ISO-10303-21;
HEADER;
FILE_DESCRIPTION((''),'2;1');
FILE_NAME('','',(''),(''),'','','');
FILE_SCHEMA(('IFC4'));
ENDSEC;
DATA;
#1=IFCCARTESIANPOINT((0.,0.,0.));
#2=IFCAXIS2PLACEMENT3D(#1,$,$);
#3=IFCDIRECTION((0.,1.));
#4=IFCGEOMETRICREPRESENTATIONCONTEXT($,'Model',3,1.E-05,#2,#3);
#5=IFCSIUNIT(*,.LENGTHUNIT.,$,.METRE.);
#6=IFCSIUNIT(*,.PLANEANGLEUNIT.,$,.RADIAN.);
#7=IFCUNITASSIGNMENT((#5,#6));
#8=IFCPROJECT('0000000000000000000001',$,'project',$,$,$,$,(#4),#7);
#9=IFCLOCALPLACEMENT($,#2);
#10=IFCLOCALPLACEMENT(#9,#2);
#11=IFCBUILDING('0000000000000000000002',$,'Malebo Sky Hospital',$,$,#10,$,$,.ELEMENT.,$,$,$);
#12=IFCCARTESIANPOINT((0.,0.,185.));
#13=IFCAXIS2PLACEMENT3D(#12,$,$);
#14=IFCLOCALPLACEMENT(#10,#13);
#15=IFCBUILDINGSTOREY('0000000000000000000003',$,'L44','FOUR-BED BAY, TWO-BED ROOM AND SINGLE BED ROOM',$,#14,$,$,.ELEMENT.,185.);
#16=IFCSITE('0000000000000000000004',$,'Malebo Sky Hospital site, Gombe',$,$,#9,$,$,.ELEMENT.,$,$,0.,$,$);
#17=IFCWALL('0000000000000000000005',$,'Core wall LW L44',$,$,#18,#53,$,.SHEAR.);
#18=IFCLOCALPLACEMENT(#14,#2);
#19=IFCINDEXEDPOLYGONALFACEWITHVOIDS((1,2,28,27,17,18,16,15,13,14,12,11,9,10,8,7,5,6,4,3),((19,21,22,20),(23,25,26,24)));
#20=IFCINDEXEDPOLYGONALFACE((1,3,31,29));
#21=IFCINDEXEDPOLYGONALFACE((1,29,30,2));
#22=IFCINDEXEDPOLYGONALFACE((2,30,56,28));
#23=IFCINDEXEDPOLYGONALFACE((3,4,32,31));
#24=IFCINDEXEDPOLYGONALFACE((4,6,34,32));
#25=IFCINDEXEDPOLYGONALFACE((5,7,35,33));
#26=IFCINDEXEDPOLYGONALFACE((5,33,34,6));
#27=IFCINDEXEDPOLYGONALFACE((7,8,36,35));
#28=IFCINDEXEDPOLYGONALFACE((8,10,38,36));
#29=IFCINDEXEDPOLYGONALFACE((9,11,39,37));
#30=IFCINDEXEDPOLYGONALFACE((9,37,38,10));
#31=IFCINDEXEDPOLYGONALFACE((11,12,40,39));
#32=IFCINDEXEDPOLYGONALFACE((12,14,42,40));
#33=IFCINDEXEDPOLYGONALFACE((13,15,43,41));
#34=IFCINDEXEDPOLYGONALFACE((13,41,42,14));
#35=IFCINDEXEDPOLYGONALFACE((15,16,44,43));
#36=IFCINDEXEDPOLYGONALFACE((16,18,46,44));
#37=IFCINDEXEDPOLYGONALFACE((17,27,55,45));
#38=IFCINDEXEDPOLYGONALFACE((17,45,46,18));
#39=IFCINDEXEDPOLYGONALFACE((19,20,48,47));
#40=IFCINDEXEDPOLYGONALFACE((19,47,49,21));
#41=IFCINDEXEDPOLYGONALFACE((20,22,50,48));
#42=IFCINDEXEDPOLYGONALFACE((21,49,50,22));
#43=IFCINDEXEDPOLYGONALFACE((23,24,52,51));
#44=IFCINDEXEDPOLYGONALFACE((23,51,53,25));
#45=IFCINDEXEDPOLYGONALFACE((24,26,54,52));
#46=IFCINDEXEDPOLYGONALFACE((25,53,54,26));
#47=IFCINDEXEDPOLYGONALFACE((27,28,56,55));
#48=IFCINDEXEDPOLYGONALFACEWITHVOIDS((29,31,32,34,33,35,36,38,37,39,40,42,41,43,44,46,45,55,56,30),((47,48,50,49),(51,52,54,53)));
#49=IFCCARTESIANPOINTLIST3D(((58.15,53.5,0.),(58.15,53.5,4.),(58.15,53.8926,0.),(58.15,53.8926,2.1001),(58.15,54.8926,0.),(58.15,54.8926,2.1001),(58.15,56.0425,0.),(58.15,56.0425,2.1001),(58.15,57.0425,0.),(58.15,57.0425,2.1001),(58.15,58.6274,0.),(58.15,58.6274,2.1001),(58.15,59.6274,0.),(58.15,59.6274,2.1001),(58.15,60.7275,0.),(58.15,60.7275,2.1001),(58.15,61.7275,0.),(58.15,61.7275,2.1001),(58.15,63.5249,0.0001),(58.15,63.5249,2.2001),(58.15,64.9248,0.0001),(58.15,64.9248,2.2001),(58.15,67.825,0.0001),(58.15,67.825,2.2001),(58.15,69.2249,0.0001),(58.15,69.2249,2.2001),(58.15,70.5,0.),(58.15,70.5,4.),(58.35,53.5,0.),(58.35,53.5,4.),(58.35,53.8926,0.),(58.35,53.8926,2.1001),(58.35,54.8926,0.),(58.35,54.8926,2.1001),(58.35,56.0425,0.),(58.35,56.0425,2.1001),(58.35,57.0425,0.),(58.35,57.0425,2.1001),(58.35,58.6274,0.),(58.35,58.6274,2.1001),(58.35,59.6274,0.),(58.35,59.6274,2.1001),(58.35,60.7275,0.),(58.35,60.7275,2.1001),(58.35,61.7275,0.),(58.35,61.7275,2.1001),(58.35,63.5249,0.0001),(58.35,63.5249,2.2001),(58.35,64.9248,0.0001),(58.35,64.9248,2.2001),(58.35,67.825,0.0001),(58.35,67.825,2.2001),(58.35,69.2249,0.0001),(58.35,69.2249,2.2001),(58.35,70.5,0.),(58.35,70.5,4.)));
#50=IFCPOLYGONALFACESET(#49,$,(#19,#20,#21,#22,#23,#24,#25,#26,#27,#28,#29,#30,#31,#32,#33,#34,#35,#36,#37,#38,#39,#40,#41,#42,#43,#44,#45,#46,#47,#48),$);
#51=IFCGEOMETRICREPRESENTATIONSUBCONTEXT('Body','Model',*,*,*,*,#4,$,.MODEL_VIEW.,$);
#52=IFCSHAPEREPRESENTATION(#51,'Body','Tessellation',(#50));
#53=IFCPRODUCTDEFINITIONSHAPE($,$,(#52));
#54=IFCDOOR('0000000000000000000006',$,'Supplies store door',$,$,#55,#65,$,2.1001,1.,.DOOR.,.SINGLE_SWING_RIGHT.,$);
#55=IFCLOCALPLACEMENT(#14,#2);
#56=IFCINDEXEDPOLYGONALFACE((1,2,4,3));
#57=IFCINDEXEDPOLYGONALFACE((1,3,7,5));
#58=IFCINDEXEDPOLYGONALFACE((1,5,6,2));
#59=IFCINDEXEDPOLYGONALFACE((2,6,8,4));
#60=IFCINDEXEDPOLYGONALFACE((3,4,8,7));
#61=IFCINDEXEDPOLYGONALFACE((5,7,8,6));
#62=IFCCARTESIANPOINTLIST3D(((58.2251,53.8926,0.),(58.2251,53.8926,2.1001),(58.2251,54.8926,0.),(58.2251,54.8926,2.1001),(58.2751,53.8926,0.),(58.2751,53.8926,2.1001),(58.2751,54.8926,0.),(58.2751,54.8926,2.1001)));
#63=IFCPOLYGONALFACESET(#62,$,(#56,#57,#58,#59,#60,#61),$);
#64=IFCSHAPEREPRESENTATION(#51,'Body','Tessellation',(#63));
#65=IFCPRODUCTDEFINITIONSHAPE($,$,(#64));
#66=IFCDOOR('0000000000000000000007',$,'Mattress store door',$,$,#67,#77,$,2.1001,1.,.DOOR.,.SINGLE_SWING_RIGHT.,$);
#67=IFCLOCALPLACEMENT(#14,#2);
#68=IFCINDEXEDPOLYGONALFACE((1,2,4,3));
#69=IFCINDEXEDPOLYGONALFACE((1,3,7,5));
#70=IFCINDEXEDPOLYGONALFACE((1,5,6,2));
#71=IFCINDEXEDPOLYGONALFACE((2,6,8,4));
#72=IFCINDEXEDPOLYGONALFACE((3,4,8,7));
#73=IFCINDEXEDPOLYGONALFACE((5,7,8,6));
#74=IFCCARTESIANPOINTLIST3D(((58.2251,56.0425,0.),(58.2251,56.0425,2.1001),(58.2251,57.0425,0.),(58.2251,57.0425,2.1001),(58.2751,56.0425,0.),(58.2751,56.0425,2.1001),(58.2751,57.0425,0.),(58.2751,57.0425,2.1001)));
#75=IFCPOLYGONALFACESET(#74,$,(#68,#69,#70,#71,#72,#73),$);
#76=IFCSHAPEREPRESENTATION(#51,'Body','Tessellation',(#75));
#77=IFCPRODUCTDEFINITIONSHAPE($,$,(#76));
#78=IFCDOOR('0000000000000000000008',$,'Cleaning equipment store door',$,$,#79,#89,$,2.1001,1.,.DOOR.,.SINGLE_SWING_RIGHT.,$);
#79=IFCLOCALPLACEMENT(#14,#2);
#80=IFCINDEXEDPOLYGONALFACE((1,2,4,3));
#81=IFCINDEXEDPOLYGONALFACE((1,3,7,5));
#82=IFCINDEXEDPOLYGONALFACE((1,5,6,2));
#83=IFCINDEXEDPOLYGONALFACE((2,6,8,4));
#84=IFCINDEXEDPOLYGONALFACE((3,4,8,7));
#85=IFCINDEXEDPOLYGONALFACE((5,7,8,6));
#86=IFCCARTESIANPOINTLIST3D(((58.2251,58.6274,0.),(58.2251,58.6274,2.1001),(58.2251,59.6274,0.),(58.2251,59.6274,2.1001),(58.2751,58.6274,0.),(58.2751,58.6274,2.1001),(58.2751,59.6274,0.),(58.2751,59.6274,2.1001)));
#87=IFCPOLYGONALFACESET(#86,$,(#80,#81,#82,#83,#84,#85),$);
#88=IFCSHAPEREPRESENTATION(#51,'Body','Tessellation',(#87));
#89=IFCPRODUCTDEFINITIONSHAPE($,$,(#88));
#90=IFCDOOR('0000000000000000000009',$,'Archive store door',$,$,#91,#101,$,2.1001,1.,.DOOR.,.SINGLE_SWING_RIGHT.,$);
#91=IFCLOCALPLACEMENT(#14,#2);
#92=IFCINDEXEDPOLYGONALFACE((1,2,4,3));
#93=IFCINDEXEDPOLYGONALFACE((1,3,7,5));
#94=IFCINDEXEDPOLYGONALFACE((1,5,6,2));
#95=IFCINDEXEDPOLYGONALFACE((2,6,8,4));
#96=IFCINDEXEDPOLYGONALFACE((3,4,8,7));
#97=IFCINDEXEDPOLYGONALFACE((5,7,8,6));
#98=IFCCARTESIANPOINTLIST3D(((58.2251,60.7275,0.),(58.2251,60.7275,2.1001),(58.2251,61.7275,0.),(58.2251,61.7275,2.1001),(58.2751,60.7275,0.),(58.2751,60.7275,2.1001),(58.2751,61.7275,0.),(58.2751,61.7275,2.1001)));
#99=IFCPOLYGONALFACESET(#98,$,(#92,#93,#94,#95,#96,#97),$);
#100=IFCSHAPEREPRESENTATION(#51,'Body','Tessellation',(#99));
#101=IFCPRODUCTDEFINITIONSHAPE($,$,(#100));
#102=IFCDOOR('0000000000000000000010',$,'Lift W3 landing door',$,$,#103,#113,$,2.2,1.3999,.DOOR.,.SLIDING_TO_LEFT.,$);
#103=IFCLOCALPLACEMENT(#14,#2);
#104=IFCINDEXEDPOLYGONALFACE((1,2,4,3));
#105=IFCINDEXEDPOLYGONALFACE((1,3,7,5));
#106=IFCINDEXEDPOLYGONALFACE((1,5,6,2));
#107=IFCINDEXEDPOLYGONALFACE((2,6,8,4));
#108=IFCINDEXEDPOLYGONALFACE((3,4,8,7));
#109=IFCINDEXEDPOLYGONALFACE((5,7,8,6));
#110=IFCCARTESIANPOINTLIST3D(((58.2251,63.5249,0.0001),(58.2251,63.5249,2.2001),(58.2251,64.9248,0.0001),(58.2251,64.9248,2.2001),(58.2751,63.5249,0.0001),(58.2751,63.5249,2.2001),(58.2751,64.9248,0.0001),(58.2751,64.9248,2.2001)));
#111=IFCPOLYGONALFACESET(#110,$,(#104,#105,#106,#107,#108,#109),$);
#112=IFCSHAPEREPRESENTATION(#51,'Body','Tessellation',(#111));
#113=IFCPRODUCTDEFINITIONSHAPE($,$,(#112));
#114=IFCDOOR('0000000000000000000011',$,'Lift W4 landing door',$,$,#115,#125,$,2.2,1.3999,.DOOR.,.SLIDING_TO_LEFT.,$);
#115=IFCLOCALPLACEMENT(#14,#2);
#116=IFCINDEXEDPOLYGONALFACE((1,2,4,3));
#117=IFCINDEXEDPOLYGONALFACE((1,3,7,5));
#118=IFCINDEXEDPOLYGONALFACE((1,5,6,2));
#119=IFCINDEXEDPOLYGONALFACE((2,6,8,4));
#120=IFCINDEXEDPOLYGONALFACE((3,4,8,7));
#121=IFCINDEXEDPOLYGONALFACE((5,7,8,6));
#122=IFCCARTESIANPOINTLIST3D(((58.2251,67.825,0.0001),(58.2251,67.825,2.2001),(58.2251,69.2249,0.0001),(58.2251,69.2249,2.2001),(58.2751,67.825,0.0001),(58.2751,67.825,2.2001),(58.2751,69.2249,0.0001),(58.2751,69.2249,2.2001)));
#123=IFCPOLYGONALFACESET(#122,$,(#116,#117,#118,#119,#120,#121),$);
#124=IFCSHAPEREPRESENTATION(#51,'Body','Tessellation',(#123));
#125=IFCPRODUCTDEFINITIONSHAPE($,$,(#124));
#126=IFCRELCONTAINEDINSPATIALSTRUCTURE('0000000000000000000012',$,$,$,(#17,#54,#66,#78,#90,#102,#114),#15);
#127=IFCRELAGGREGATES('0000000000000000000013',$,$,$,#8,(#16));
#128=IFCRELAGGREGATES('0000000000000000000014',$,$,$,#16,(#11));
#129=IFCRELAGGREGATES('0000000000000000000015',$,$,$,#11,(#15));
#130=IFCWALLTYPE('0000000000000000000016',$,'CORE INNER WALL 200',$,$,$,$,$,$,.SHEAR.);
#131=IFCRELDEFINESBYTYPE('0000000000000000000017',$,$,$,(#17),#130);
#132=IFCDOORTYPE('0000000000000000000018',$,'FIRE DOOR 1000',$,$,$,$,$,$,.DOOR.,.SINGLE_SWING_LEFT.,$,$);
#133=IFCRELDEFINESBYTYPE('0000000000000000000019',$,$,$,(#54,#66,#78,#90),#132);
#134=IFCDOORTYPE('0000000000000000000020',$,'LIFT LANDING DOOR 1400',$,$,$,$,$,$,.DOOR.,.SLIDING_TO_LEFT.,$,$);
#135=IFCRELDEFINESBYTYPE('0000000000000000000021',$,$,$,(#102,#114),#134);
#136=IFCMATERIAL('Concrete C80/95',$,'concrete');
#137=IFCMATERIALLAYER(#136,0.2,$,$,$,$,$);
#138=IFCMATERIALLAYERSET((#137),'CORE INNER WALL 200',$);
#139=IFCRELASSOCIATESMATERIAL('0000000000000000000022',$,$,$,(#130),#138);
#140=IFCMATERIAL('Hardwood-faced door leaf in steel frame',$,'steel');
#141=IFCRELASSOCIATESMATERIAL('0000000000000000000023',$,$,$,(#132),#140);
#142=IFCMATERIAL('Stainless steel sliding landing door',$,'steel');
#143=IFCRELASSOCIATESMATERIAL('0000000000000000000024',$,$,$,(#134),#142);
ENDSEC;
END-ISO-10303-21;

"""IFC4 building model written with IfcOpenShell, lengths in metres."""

from ifc_helpers import new_model, si_unit, direction, frame, frame_2d, origin, place, context, subcontext, project, spatial, rectangle, extrude, material, layer, layer_set, type_object, element, fill, save


model = new_model("IFC4")

# Units and contexts
model_context = context("Model", 3, precision=1e-05, world=origin(), true_north=direction((0.0, 1.0)))
body_context = subcontext(model_context, "Body", "Model", "MODEL_VIEW")
ifc_project = project(units=[si_unit("LENGTHUNIT", "METRE"), si_unit("PLANEANGLEUNIT", "RADIAN")], contexts=[model_context])

# Site, building, storey
site_placement = place(None, origin())
site = spatial("IfcSite", under=ifc_project, at=site_placement, Name="Malebo Sky Hospital site, Gombe", CompositionType="ELEMENT", RefElevation=0.0)
building_placement = place(site_placement, origin())
building = spatial("IfcBuilding", under=site, at=building_placement, Name="Malebo Sky Hospital", CompositionType="ELEMENT")
storey_placement = place(building_placement, frame((0.0, 0.0, 185.0)))
storey = spatial("IfcBuildingStorey", under=building, at=storey_placement, Name="L44", Description="FOUR-BED BAY, TWO-BED ROOM AND SINGLE BED ROOM", CompositionType="ELEMENT", Elevation=185.0)

# Wall, openings, doors
ifc_material_1 = material(Name="Concrete C80/95", Category="concrete")
ifc_layer_1 = layer(ifc_material_1, 0.2)
ifc_layer_set_1 = layer_set([ifc_layer_1], Name="CORE INNER WALL 200")
wall_type_1 = type_object("IfcWallType", Name="CORE INNER WALL 200", PredefinedType="SHEAR", material=ifc_layer_set_1)
wall_1_placement = place(storey_placement, frame((58.25, 53.5, 0.0), z_axis=(0.0, 0.0, 1.0), x_axis=(0.0, 1.0, 0.0)))
wall_1 = element("IfcWall", 1, at=wall_1_placement, inside=storey, type_object=wall_type_1, Name="Core wall LW L44", PredefinedType="SHEAR", context=body_context, shape_type="SweptSolid", body=[
    extrude(rectangle(XDim=17.0, YDim=0.2, at=frame_2d((8.5, 0.0))), origin(), (0.0, 0.0, 1.0), 4.0),
])
opening_1_placement = place(wall_1_placement, frame((0.3926, 0.0, 0.0)))
opening_1 = element("IfcOpeningElement", 2, at=opening_1_placement, cuts=wall_1, PredefinedType="OPENING", context=body_context, shape_type="SweptSolid", body=[
    extrude(rectangle(XDim=1.0, YDim=2.1001, at=frame_2d((0.5, 1.05))), frame((0.0, 0.1099, 0.0), z_axis=(0.0, -1.0, 0.0), x_axis=(1.0, 0.0, 0.0)), (0.0, 0.0, 1.0), 0.22),
])
opening_2_placement = place(wall_1_placement, frame((2.5425, 0.0, 0.0)))
opening_2 = element("IfcOpeningElement", 3, at=opening_2_placement, cuts=wall_1, PredefinedType="OPENING", context=body_context, shape_type="SweptSolid", body=[
    extrude(rectangle(XDim=1.0, YDim=2.1001, at=frame_2d((0.5, 1.05))), frame((0.0, 0.1099, 0.0), z_axis=(0.0, -1.0, 0.0), x_axis=(1.0, 0.0, 0.0)), (0.0, 0.0, 1.0), 0.22),
])
opening_3_placement = place(wall_1_placement, frame((5.1274, 0.0, 0.0)))
opening_3 = element("IfcOpeningElement", 4, at=opening_3_placement, cuts=wall_1, PredefinedType="OPENING", context=body_context, shape_type="SweptSolid", body=[
    extrude(rectangle(XDim=1.0, YDim=2.1001, at=frame_2d((0.5, 1.05))), frame((0.0, 0.1099, 0.0), z_axis=(0.0, -1.0, 0.0), x_axis=(1.0, 0.0, 0.0)), (0.0, 0.0, 1.0), 0.22),
])
opening_4_placement = place(wall_1_placement, frame((7.2275, 0.0, 0.0)))
opening_4 = element("IfcOpeningElement", 5, at=opening_4_placement, cuts=wall_1, PredefinedType="OPENING", context=body_context, shape_type="SweptSolid", body=[
    extrude(rectangle(XDim=1.0, YDim=2.1001, at=frame_2d((0.5, 1.05))), frame((0.0, 0.1099, 0.0), z_axis=(0.0, -1.0, 0.0), x_axis=(1.0, 0.0, 0.0)), (0.0, 0.0, 1.0), 0.22),
])
opening_5_placement = place(wall_1_placement, frame((10.0249, 0.0, 0.0)))
opening_5 = element("IfcOpeningElement", 6, at=opening_5_placement, cuts=wall_1, PredefinedType="OPENING", context=body_context, shape_type="SweptSolid", body=[
    extrude(rectangle(XDim=1.3999, YDim=2.2, at=frame_2d((0.7, 1.1001))), frame((0.0, 0.1099, 0.0), z_axis=(0.0, -1.0, 0.0), x_axis=(1.0, 0.0, 0.0)), (0.0, 0.0, 1.0), 0.22),
])
opening_6_placement = place(wall_1_placement, frame((14.325, 0.0, 0.0)))
opening_6 = element("IfcOpeningElement", 7, at=opening_6_placement, cuts=wall_1, PredefinedType="OPENING", context=body_context, shape_type="SweptSolid", body=[
    extrude(rectangle(XDim=1.3999, YDim=2.2, at=frame_2d((0.7, 1.1001))), frame((0.0, 0.1099, 0.0), z_axis=(0.0, -1.0, 0.0), x_axis=(1.0, 0.0, 0.0)), (0.0, 0.0, 1.0), 0.22),
])
ifc_material_2 = material(Name="Hardwood-faced door leaf in steel frame", Category="steel")
door_type_1 = type_object("IfcDoorType", Name="FIRE DOOR 1000", OperationType="SINGLE_SWING_LEFT", PredefinedType="DOOR", material=ifc_material_2)
door_1_placement = place(opening_1_placement, origin())
door_1 = element("IfcDoor", 8, at=door_1_placement, inside=storey, type_object=door_type_1, Name="Supplies store door", OperationType="SINGLE_SWING_RIGHT", OverallHeight=2.1001, OverallWidth=1.0, PredefinedType="DOOR", context=body_context, shape_type="SweptSolid", body=[
    extrude(rectangle(XDim=1.0, YDim=2.1001, at=frame_2d((0.5, 1.05))), frame((0.0, 0.0249, 0.0), z_axis=(0.0, -1.0, 0.0), x_axis=(1.0, 0.0, 0.0)), (0.0, 0.0, 1.0), 0.05),
])
fill(opening_1, door_1)
door_2_placement = place(opening_2_placement, origin())
door_2 = element("IfcDoor", 9, at=door_2_placement, inside=storey, type_object=door_type_1, Name="Mattress store door", OperationType="SINGLE_SWING_RIGHT", OverallHeight=2.1001, OverallWidth=1.0, PredefinedType="DOOR", context=body_context, shape_type="SweptSolid", body=[
    extrude(rectangle(XDim=1.0, YDim=2.1001, at=frame_2d((0.5, 1.05))), frame((0.0, 0.0249, 0.0), z_axis=(0.0, -1.0, 0.0), x_axis=(1.0, 0.0, 0.0)), (0.0, 0.0, 1.0), 0.05),
])
fill(opening_2, door_2)
door_3_placement = place(opening_3_placement, origin())
door_3 = element("IfcDoor", 10, at=door_3_placement, inside=storey, type_object=door_type_1, Name="Cleaning equipment store door", OperationType="SINGLE_SWING_RIGHT", OverallHeight=2.1001, OverallWidth=1.0, PredefinedType="DOOR", context=body_context, shape_type="SweptSolid", body=[
    extrude(rectangle(XDim=1.0, YDim=2.1001, at=frame_2d((0.5, 1.05))), frame((0.0, 0.0249, 0.0), z_axis=(0.0, -1.0, 0.0), x_axis=(1.0, 0.0, 0.0)), (0.0, 0.0, 1.0), 0.05),
])
fill(opening_3, door_3)
door_4_placement = place(opening_4_placement, origin())
door_4 = element("IfcDoor", 11, at=door_4_placement, inside=storey, type_object=door_type_1, Name="Archive store door", OperationType="SINGLE_SWING_RIGHT", OverallHeight=2.1001, OverallWidth=1.0, PredefinedType="DOOR", context=body_context, shape_type="SweptSolid", body=[
    extrude(rectangle(XDim=1.0, YDim=2.1001, at=frame_2d((0.5, 1.05))), frame((0.0, 0.0249, 0.0), z_axis=(0.0, -1.0, 0.0), x_axis=(1.0, 0.0, 0.0)), (0.0, 0.0, 1.0), 0.05),
])
fill(opening_4, door_4)
ifc_material_3 = material(Name="Stainless steel sliding landing door", Category="steel")
door_type_2 = type_object("IfcDoorType", Name="LIFT LANDING DOOR 1400", OperationType="SLIDING_TO_LEFT", PredefinedType="DOOR", material=ifc_material_3)
door_5_placement = place(opening_5_placement, origin())
door_5 = element("IfcDoor", 12, at=door_5_placement, inside=storey, type_object=door_type_2, Name="Lift W3 landing door", OperationType="SLIDING_TO_LEFT", OverallHeight=2.2, OverallWidth=1.3999, PredefinedType="DOOR", context=body_context, shape_type="SweptSolid", body=[
    extrude(rectangle(XDim=1.3999, YDim=2.2, at=frame_2d((0.7, 1.1001))), frame((0.0, 0.0249, 0.0), z_axis=(0.0, -1.0, 0.0), x_axis=(1.0, 0.0, 0.0)), (0.0, 0.0, 1.0), 0.05),
])
fill(opening_5, door_5)
door_6_placement = place(opening_6_placement, origin())
door_6 = element("IfcDoor", 13, at=door_6_placement, inside=storey, type_object=door_type_2, Name="Lift W4 landing door", OperationType="SLIDING_TO_LEFT", OverallHeight=2.2, OverallWidth=1.3999, PredefinedType="DOOR", context=body_context, shape_type="SweptSolid", body=[
    extrude(rectangle(XDim=1.3999, YDim=2.2, at=frame_2d((0.7, 1.1001))), frame((0.0, 0.0249, 0.0), z_axis=(0.0, -1.0, 0.0), x_axis=(1.0, 0.0, 0.0)), (0.0, 0.0, 1.0), 0.05),
])
fill(opening_6, door_6)

save(model, "model.ifc")
